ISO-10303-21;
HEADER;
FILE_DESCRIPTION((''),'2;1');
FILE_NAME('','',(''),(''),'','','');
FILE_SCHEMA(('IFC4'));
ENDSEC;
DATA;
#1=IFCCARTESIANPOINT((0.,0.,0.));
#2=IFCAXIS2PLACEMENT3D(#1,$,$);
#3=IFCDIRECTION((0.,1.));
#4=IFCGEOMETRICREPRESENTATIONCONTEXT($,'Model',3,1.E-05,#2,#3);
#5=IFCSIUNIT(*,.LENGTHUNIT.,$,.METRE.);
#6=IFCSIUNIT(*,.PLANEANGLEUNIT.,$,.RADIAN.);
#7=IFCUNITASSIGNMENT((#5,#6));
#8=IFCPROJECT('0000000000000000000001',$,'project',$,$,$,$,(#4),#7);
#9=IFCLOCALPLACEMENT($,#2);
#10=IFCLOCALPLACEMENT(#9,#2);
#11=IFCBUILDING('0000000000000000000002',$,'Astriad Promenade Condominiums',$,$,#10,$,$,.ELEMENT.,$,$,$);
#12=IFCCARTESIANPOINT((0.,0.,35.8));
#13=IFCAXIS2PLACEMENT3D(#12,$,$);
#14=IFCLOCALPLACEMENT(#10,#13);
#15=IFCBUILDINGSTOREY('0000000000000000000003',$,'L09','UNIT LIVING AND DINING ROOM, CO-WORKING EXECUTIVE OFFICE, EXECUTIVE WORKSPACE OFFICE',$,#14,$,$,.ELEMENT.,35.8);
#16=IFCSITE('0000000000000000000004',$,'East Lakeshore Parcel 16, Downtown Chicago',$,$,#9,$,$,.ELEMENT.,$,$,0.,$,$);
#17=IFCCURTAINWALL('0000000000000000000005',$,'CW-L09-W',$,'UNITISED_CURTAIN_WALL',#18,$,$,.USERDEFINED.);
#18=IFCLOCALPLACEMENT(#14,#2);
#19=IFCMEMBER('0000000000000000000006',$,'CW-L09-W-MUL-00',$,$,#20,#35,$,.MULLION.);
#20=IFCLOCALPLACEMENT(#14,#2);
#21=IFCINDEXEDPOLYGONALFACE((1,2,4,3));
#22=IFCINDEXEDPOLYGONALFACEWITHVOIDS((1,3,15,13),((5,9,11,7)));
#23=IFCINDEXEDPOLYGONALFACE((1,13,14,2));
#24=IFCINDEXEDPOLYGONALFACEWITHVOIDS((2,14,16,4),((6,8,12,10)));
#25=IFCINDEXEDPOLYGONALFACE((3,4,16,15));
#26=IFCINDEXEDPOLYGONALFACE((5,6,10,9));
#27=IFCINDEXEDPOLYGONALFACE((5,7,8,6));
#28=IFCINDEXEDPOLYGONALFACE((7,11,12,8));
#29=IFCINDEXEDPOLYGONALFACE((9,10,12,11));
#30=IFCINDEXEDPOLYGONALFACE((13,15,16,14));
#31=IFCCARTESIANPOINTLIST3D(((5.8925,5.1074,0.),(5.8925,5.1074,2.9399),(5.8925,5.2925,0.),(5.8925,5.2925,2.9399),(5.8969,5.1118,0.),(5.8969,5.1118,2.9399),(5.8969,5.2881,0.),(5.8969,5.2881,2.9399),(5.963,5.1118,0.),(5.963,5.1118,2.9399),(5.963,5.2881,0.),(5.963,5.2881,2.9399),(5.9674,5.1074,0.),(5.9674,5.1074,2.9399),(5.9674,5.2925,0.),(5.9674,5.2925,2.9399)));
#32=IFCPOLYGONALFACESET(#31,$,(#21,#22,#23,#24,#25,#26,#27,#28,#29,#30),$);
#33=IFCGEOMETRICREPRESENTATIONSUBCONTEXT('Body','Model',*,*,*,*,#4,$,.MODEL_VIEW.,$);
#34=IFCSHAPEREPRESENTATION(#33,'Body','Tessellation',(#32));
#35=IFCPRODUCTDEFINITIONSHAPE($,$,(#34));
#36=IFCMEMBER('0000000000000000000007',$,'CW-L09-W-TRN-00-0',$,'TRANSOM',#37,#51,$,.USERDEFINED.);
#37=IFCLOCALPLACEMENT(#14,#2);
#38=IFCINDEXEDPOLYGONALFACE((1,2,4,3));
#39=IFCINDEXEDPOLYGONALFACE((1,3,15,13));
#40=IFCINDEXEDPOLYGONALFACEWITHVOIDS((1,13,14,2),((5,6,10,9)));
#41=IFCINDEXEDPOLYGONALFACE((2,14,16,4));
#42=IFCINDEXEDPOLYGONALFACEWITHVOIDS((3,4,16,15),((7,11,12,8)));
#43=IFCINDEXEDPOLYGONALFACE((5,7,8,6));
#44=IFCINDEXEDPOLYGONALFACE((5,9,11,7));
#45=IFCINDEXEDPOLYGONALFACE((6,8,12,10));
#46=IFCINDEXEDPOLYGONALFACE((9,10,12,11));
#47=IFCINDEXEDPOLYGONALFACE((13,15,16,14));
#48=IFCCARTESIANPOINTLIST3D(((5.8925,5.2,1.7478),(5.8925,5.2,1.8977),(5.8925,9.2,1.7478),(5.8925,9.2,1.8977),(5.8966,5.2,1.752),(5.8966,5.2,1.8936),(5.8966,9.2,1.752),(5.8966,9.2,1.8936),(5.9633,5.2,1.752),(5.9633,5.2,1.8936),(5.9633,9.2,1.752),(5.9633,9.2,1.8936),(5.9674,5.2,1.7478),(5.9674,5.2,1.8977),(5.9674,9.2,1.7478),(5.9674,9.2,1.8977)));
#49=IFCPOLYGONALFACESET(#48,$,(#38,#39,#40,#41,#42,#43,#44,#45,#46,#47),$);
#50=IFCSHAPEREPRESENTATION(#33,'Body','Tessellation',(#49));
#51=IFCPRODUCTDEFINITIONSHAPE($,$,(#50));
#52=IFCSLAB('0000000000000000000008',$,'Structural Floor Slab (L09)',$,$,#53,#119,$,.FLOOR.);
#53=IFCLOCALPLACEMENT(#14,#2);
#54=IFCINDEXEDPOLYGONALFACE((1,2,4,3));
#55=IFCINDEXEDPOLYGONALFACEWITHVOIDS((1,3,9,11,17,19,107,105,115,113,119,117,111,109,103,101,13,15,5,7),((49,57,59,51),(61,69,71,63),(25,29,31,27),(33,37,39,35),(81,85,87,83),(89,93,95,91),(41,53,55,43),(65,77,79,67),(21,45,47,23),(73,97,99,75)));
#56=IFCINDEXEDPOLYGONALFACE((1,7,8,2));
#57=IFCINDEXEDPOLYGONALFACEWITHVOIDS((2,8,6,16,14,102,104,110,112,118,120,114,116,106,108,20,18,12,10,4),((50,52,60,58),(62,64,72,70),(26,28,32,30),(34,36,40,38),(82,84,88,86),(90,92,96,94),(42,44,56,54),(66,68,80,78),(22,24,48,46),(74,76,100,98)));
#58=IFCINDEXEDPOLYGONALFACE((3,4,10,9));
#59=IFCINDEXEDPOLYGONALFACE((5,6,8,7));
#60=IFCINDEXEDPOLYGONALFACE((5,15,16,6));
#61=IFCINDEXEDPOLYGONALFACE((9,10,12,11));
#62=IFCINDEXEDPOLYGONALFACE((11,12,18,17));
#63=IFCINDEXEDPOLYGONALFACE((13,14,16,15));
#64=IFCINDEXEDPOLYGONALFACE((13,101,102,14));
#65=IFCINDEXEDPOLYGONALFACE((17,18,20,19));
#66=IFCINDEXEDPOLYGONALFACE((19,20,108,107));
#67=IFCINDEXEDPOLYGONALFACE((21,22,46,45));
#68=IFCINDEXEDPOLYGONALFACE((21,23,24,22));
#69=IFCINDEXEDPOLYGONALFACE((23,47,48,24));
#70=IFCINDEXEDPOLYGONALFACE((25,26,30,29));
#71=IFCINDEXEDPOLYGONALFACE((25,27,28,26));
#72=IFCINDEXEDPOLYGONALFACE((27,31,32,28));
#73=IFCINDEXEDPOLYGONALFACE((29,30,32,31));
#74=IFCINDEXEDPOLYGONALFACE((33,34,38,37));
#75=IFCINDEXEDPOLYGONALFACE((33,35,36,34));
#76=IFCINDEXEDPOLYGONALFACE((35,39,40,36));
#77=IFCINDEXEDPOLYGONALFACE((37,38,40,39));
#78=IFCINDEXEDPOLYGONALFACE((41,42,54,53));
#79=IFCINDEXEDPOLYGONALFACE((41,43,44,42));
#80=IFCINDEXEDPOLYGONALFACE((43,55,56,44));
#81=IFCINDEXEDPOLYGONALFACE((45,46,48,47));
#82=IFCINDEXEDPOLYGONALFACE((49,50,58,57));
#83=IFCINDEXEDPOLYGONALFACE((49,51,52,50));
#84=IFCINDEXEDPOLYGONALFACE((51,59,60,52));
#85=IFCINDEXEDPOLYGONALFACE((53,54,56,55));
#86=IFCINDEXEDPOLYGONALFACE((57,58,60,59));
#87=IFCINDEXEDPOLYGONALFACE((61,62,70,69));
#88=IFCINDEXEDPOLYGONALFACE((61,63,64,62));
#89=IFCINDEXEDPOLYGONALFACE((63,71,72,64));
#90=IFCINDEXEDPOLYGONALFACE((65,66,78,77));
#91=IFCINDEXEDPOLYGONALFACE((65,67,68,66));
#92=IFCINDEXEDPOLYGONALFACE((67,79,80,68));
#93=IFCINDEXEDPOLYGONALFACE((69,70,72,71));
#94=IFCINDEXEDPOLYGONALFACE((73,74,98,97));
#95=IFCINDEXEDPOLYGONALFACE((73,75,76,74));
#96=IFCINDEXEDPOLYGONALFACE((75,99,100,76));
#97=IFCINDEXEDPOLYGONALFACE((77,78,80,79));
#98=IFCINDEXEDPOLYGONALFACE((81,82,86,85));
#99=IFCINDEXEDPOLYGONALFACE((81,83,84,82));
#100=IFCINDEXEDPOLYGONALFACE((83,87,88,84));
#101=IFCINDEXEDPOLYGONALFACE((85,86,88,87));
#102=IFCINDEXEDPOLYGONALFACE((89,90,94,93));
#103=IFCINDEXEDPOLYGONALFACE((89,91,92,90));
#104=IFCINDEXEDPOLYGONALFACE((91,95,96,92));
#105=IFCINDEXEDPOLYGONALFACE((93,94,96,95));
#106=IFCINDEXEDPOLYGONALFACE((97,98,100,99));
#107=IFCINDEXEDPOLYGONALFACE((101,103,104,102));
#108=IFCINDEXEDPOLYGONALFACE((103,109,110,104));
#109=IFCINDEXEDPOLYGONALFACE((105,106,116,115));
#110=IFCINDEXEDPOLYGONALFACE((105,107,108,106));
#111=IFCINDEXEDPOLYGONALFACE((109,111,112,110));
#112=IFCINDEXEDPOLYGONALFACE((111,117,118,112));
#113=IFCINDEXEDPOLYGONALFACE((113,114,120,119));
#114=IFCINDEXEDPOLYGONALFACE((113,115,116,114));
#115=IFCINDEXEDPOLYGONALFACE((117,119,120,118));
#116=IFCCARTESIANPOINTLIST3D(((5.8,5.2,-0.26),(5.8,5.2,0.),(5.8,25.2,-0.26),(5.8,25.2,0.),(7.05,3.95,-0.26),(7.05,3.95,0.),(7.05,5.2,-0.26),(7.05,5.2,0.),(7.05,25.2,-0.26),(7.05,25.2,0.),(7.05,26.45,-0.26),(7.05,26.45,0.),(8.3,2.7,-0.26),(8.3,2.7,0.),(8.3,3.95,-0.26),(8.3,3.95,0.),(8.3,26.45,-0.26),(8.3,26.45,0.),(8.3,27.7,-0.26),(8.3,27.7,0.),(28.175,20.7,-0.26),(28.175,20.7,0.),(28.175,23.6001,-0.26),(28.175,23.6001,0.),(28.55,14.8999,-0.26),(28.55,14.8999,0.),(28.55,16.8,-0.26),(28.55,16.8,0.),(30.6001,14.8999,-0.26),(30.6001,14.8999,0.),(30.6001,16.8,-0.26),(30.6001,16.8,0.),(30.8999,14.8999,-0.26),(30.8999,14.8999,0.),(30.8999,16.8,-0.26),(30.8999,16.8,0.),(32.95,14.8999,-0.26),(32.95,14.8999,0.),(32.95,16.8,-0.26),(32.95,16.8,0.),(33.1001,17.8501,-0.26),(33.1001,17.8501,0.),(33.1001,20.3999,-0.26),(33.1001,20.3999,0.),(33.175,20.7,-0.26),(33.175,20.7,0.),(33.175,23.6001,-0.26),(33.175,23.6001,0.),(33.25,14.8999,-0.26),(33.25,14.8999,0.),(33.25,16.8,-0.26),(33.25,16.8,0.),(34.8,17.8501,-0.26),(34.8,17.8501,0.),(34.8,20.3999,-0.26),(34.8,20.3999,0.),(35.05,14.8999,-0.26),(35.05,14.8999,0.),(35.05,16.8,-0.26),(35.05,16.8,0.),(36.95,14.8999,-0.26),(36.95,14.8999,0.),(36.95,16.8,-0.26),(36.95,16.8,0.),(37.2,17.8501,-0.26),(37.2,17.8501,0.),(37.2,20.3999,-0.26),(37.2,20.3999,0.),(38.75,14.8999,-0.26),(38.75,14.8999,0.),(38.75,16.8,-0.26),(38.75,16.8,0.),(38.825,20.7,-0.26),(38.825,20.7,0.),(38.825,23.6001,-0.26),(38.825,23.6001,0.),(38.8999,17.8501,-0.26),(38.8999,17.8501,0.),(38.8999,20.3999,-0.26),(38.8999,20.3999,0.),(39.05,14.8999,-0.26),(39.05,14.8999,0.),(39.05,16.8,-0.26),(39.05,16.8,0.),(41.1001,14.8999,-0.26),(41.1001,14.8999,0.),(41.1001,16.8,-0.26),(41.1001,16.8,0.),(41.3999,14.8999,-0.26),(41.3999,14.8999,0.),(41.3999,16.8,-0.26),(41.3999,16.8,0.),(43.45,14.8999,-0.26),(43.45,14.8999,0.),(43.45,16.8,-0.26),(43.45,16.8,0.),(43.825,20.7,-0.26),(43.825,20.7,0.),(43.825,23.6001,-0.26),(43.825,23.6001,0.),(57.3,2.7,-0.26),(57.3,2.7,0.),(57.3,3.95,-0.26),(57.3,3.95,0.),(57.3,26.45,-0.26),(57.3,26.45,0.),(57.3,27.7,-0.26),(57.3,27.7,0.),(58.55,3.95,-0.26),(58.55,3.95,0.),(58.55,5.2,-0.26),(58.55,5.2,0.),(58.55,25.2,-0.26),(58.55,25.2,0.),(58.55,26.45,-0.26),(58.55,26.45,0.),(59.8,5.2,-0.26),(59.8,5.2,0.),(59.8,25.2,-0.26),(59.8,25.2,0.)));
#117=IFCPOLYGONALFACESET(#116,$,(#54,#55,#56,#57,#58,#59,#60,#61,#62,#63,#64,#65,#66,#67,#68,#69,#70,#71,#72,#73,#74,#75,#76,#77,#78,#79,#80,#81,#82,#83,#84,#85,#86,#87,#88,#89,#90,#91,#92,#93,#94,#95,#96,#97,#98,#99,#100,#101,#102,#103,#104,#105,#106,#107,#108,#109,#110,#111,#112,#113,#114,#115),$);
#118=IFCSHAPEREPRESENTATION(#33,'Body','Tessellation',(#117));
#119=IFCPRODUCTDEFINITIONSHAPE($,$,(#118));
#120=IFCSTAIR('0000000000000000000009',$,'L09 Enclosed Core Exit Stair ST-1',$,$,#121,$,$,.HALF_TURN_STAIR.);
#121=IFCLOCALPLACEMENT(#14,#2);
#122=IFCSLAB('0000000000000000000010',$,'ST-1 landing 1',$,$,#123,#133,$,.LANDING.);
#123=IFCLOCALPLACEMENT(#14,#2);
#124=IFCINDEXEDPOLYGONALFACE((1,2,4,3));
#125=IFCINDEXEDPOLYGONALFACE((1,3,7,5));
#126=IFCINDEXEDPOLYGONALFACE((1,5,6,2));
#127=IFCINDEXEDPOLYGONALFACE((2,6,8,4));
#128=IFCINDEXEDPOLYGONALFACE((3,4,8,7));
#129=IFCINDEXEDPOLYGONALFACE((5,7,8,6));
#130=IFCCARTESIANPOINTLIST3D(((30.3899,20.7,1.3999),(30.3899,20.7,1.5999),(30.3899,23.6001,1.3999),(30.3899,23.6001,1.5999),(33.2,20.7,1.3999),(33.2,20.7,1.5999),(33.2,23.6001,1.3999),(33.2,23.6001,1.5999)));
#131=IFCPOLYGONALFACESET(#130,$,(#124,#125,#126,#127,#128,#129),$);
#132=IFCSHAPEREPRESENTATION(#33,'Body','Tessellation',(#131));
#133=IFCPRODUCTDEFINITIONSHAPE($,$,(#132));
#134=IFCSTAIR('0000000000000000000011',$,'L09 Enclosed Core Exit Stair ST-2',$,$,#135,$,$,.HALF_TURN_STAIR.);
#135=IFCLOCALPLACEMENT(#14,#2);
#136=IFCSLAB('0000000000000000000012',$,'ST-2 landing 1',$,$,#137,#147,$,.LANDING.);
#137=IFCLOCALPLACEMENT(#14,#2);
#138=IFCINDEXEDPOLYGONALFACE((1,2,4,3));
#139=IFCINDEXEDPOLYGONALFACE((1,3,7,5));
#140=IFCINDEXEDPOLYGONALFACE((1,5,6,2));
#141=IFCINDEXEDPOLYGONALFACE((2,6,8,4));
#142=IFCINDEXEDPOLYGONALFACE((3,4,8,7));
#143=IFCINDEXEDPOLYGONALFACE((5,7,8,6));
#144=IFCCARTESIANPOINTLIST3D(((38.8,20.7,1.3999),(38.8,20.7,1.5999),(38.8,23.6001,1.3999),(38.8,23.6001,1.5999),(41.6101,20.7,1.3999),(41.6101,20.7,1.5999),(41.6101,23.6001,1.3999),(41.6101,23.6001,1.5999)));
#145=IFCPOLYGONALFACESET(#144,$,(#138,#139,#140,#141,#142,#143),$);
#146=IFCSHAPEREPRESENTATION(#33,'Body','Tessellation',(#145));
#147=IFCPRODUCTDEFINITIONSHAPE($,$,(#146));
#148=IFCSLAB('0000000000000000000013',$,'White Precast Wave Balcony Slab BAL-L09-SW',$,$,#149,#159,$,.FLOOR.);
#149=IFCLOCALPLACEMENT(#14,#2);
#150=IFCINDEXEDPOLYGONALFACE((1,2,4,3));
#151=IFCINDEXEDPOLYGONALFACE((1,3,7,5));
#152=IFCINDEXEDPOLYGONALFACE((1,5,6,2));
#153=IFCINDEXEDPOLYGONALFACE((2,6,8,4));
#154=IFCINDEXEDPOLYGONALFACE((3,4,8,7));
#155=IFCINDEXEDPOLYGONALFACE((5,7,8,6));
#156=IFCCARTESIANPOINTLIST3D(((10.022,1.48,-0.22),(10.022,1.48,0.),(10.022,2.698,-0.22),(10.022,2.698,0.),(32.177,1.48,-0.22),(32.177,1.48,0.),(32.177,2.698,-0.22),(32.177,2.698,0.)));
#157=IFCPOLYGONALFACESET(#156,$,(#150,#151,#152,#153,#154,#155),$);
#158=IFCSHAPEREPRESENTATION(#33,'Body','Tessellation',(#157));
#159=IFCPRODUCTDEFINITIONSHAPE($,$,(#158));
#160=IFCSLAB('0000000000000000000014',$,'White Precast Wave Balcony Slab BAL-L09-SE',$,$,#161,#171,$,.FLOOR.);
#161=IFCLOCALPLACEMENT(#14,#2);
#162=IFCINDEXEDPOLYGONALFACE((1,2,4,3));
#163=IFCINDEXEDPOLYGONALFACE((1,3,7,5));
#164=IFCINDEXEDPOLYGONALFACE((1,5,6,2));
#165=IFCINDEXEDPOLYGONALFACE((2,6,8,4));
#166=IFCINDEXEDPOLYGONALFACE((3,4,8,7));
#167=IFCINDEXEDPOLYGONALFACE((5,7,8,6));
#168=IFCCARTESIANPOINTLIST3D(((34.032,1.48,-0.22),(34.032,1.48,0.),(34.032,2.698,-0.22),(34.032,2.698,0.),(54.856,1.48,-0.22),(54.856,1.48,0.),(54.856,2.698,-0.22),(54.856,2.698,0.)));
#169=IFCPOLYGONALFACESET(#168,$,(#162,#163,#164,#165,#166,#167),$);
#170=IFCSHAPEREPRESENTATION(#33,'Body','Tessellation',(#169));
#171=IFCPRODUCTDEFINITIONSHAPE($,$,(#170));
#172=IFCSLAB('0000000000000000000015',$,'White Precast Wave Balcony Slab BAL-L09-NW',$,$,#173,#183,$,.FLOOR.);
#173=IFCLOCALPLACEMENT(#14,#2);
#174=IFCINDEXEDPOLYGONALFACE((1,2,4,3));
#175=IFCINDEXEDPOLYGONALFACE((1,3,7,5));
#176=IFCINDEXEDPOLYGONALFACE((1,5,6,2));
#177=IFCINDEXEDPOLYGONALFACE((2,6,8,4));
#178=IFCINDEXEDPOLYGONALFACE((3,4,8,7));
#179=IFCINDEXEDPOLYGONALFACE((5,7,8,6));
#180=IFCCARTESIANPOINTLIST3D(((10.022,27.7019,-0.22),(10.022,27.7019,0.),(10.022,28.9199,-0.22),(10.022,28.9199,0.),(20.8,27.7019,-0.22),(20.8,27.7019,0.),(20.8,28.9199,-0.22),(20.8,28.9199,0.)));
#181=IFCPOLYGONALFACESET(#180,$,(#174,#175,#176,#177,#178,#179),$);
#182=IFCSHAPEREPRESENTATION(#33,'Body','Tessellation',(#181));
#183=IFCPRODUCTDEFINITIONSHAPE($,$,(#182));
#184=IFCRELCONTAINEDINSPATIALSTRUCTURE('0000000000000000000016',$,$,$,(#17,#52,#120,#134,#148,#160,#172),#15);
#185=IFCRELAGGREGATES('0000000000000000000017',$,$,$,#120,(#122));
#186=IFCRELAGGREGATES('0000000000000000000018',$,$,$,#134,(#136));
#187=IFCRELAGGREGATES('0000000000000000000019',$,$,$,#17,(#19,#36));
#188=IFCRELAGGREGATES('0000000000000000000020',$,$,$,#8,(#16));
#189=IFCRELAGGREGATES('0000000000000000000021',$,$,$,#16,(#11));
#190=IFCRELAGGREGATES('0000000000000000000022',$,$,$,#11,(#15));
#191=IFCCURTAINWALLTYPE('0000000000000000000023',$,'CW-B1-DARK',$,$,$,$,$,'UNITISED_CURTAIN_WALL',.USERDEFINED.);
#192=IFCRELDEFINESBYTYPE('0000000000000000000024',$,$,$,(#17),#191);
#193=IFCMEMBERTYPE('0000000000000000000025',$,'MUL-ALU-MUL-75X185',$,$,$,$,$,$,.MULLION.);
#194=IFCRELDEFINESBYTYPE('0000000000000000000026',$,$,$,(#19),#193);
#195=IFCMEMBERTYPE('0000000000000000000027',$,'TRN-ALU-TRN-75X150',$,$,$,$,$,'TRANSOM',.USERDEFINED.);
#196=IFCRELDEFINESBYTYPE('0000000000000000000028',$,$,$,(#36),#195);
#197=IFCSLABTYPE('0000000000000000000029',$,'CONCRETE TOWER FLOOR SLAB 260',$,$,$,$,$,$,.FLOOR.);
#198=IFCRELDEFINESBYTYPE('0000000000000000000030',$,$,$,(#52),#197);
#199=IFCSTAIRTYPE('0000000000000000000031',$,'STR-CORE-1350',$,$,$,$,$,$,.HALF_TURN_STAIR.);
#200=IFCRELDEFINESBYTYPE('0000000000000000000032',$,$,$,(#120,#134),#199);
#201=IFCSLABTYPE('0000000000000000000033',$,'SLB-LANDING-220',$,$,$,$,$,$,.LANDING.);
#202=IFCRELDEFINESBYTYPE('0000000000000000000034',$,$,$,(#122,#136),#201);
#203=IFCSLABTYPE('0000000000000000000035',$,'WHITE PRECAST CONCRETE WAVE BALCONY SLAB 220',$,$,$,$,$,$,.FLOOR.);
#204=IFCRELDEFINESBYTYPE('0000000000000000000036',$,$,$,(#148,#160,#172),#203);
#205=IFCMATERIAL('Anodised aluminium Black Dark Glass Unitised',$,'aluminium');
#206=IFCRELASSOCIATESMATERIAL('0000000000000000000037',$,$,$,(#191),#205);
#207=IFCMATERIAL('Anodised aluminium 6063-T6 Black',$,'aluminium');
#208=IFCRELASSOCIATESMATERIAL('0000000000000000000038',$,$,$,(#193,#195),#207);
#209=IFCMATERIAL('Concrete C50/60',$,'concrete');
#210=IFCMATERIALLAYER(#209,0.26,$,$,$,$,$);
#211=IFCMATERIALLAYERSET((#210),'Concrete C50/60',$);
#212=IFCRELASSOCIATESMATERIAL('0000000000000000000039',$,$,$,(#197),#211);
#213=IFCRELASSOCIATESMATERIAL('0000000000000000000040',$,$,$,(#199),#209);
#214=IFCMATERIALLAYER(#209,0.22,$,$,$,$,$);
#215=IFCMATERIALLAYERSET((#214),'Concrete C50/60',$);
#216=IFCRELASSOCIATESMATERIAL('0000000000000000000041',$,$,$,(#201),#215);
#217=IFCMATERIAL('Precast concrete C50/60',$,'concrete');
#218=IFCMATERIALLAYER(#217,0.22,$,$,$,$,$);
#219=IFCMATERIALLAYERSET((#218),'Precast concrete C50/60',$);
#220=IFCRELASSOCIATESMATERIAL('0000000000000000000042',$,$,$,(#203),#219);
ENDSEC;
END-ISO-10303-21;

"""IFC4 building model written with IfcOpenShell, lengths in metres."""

from ifc_helpers import new_model, si_unit, direction, frame, origin, origin_2d, place, context, subcontext, project, spatial, polyline, hollow_rectangle, outline, extrude, source, transform, mapped, material, layer, layer_set, material_profile, profile_set, type_object, type_shapes, element, aggregate, save


model = new_model("IFC4")

# Units and contexts
model_context = context("Model", 3, precision=1e-05, world=origin(), true_north=direction((0.0, 1.0)))
body_context = subcontext(model_context, "Body", "Model", "MODEL_VIEW")
ifc_project = project(units=[si_unit("LENGTHUNIT", "METRE"), si_unit("PLANEANGLEUNIT", "RADIAN")], contexts=[model_context])

# Site, building, storey
site_placement = place(None, origin())
site = spatial("IfcSite", under=ifc_project, at=site_placement, Name="East Lakeshore Parcel 16, Downtown Chicago", CompositionType="ELEMENT", RefElevation=0.0)
building_placement = place(site_placement, origin())
building = spatial("IfcBuilding", under=site, at=building_placement, Name="Astriad Promenade Condominiums", CompositionType="ELEMENT")
storey_placement = place(building_placement, frame((0.0, 0.0, 35.8)))
storey = spatial("IfcBuildingStorey", under=building, at=storey_placement, Name="L09", Description="UNIT LIVING AND DINING ROOM, CO-WORKING EXECUTIVE OFFICE, EXECUTIVE WORKSPACE OFFICE", CompositionType="ELEMENT", Elevation=35.8)

# Curtain wall, members
ifc_material_1 = material(Name="Anodised aluminium Black Dark Glass Unitised", Category="aluminium")
curtain_wall_type = type_object("IfcCurtainWallType", Name="CW-B1-DARK", ElementType="UNITISED_CURTAIN_WALL", PredefinedType="USERDEFINED", material=ifc_material_1)
curtain_wall_placement = place(storey_placement, origin())
curtain_wall = element("IfcCurtainWall", 1, at=curtain_wall_placement, inside=storey, type_object=curtain_wall_type, Name="CW-L09-W", ObjectType="UNITISED_CURTAIN_WALL", PredefinedType="USERDEFINED")
ifc_material_2 = material(Name="Anodised aluminium 6063-T6 Black", Category="aluminium")
ifc_material_profile_1 = material_profile(ifc_material_2, hollow_rectangle(XDim=0.075, YDim=0.1851, WallThickness=0.0044, at=origin_2d()), Name="ALU-MUL-75X185")
ifc_profile_set_1 = profile_set([ifc_material_profile_1], Name="Anodised aluminium 6063-T6 Black")
member_type_1 = type_object("IfcMemberType", Name="MUL-ALU-MUL-75X185", PredefinedType="MULLION", material=ifc_profile_set_1)
shared_shape_1 = source(origin(), body_context, "Body", "SweptSolid", [
    extrude(hollow_rectangle(XDim=0.075, YDim=0.1851, WallThickness=0.0044, at=origin_2d()), origin(), (0.0, 0.0, 1.0), 2.9399),
])
type_shapes(member_type_1, [shared_shape_1])
member_1_placement = place(storey_placement, frame((5.9299, 5.2, 0.0), z_axis=(0.0, 0.0, 1.0), x_axis=(1.0, 0.0, 0.0)))
member_1 = element("IfcMember", 2, at=member_1_placement, type_object=member_type_1, Name="CW-L09-W-MUL-00", PredefinedType="MULLION", context=body_context, shape_type="MappedRepresentation", body=[
    mapped(shared_shape_1, transform((0.0, 0.0, 0.0), scale=1.0)),
])
ifc_material_profile_2 = material_profile(ifc_material_2, hollow_rectangle(XDim=0.075, YDim=0.1499, WallThickness=0.0042, at=origin_2d()), Name="ALU-TRN-75X150")
ifc_profile_set_2 = profile_set([ifc_material_profile_2], Name="Anodised aluminium 6063-T6 Black")
member_type_2 = type_object("IfcMemberType", Name="TRN-ALU-TRN-75X150", ElementType="TRANSOM", PredefinedType="USERDEFINED", material=ifc_profile_set_2)
shared_shape_2 = source(origin(), body_context, "Body", "SweptSolid", [
    extrude(hollow_rectangle(XDim=0.075, YDim=0.1499, WallThickness=0.0042, at=origin_2d()), origin(), (0.0, 0.0, 1.0), 4.0),
])
type_shapes(member_type_2, [shared_shape_2])
member_2_placement = place(storey_placement, frame((5.9299, 5.2, 1.8228), z_axis=(0.0, 1.0, 0.0), x_axis=(-1.0, 0.0, 0.0)))
member_2 = element("IfcMember", 3, at=member_2_placement, type_object=member_type_2, Name="CW-L09-W-TRN-00-0", ObjectType="TRANSOM", PredefinedType="USERDEFINED", context=body_context, shape_type="MappedRepresentation", body=[
    mapped(shared_shape_2, transform((0.0, 0.0, 0.0), scale=1.0)),
])

# Slab
ifc_material_3 = material(Name="Concrete C50/60", Category="concrete")
ifc_layer_1 = layer(ifc_material_3, 0.26)
ifc_layer_set_1 = layer_set([ifc_layer_1], Name="Concrete C50/60")
slab_type_1 = type_object("IfcSlabType", Name="CONCRETE TOWER FLOOR SLAB 260", PredefinedType="FLOOR", material=ifc_layer_set_1)
slab_1_placement = place(storey_placement, frame((0.0, 0.0, -0.26)))
element("IfcSlab", 4, at=slab_1_placement, inside=storey, type_object=slab_type_1, Name="Structural Floor Slab (L09)", PredefinedType="FLOOR", context=body_context, shape_type="SweptSolid", body=[
    extrude(outline(polyline([(8.3, 2.7), (57.3, 2.7), (57.3, 3.95), (58.55, 3.95), (58.55, 5.2), (59.8, 5.2), (59.8, 25.2), (58.55, 25.2), (58.55, 26.45), (57.3, 26.45), (57.3, 27.7), (8.3, 27.7), (8.3, 26.45), (7.05, 26.45), (7.05, 25.2), (5.8, 25.2), (5.8, 5.2), (7.05, 5.2), (7.05, 3.95), (8.3, 3.95), (8.3, 2.7)]), holes=[polyline([(28.175, 20.7), (33.175, 20.7), (33.175, 23.6001), (28.175, 23.6001), (28.175, 20.7)]), polyline([(38.825, 20.7), (43.825, 20.7), (43.825, 23.6001), (38.825, 23.6001), (38.825, 20.7)]), polyline([(33.1001, 17.8501), (34.8, 17.8501), (34.8, 20.3999), (33.1001, 20.3999), (33.1001, 17.8501)]), polyline([(37.2, 17.8501), (38.8999, 17.8501), (38.8999, 20.3999), (37.2, 20.3999), (37.2, 17.8501)]), polyline([(28.55, 14.8999), (30.6001, 14.8999), (30.6001, 16.8), (28.55, 16.8), (28.55, 14.8999)]), polyline([(30.8999, 14.8999), (32.95, 14.8999), (32.95, 16.8), (30.8999, 16.8), (30.8999, 14.8999)]), polyline([(33.25, 14.8999), (35.05, 14.8999), (35.05, 16.8), (33.25, 16.8), (33.25, 14.8999)]), polyline([(36.95, 14.8999), (38.75, 14.8999), (38.75, 16.8), (36.95, 16.8), (36.95, 14.8999)]), polyline([(39.05, 14.8999), (41.1001, 14.8999), (41.1001, 16.8), (39.05, 16.8), (39.05, 14.8999)]), polyline([(41.3999, 14.8999), (43.45, 14.8999), (43.45, 16.8), (41.3999, 16.8), (41.3999, 14.8999)])]), origin(), (0.0, 0.0, 1.0), 0.26),
])

# Stairs, slabs
stair_type = type_object("IfcStairType", Name="STR-CORE-1350", PredefinedType="HALF_TURN_STAIR", material=ifc_material_3)
stair_1_placement = place(storey_placement, origin())
stair_1 = element("IfcStair", 5, at=stair_1_placement, inside=storey, type_object=stair_type, Name="L09 Enclosed Core Exit Stair ST-1", PredefinedType="HALF_TURN_STAIR")
ifc_layer_2 = layer(ifc_material_3, 0.22)
ifc_layer_set_2 = layer_set([ifc_layer_2], Name="Concrete C50/60")
slab_type_2 = type_object("IfcSlabType", Name="SLB-LANDING-220", PredefinedType="LANDING", material=ifc_layer_set_2)
slab_2_placement = place(storey_placement, frame((0.0, 0.0, 1.3999)))
slab_2 = element("IfcSlab", 6, at=slab_2_placement, type_object=slab_type_2, Name="ST-1 landing 1", PredefinedType="LANDING", context=body_context, shape_type="SweptSolid", body=[
    extrude(outline(polyline([(30.3899, 20.7), (33.2, 20.7), (33.2, 23.6001), (30.3899, 23.6001), (30.3899, 20.7)])), origin(), (0.0, 0.0, 1.0), 0.2),
])
aggregate(stair_1, [slab_2])
stair_2_placement = place(storey_placement, origin())
stair_2 = element("IfcStair", 7, at=stair_2_placement, inside=storey, type_object=stair_type, Name="L09 Enclosed Core Exit Stair ST-2", PredefinedType="HALF_TURN_STAIR")
slab_3_placement = place(storey_placement, frame((0.0, 0.0, 1.3999)))
slab_3 = element("IfcSlab", 8, at=slab_3_placement, type_object=slab_type_2, Name="ST-2 landing 1", PredefinedType="LANDING", context=body_context, shape_type="SweptSolid", body=[
    extrude(outline(polyline([(41.6101, 23.6001), (38.8, 23.6001), (38.8, 20.7), (41.6101, 20.7), (41.6101, 23.6001)])), origin(), (0.0, 0.0, 1.0), 0.2),
])
aggregate(stair_2, [slab_3])

# Slabs
ifc_material_4 = material(Name="Precast concrete C50/60", Category="concrete")
ifc_layer_3 = layer(ifc_material_4, 0.22)
ifc_layer_set_3 = layer_set([ifc_layer_3], Name="Precast concrete C50/60")
slab_type_3 = type_object("IfcSlabType", Name="WHITE PRECAST CONCRETE WAVE BALCONY SLAB 220", PredefinedType="FLOOR", material=ifc_layer_set_3)
slab_4_placement = place(storey_placement, frame((0.0, 0.0, -0.22)))
element("IfcSlab", 9, at=slab_4_placement, inside=storey, type_object=slab_type_3, Name="White Precast Wave Balcony Slab BAL-L09-SW", PredefinedType="FLOOR", context=body_context, shape_type="SweptSolid", body=[
    extrude(outline(polyline([(32.177, 1.48), (10.022, 1.48), (10.022, 2.698), (32.177, 2.698), (32.177, 1.48)])), origin(), (0.0, 0.0, 1.0), 0.22),
])
slab_5_placement = place(storey_placement, frame((0.0, 0.0, -0.22)))
element("IfcSlab", 10, at=slab_5_placement, inside=storey, type_object=slab_type_3, Name="White Precast Wave Balcony Slab BAL-L09-SE", PredefinedType="FLOOR", context=body_context, shape_type="SweptSolid", body=[
    extrude(outline(polyline([(54.856, 1.48), (34.032, 1.48), (34.032, 2.698), (54.856, 2.698), (54.856, 1.48)])), origin(), (0.0, 0.0, 1.0), 0.22),
])
slab_6_placement = place(storey_placement, frame((0.0, 0.0, -0.22)))
element("IfcSlab", 11, at=slab_6_placement, inside=storey, type_object=slab_type_3, Name="White Precast Wave Balcony Slab BAL-L09-NW", PredefinedType="FLOOR", context=body_context, shape_type="SweptSolid", body=[
    extrude(outline(polyline([(10.022, 28.9199), (20.8, 28.9199), (20.8, 27.7019), (10.022, 27.7019), (10.022, 28.9199)])), origin(), (0.0, 0.0, 1.0), 0.22),
])

aggregate(curtain_wall, [member_1, member_2])

save(model, "model.ifc")
